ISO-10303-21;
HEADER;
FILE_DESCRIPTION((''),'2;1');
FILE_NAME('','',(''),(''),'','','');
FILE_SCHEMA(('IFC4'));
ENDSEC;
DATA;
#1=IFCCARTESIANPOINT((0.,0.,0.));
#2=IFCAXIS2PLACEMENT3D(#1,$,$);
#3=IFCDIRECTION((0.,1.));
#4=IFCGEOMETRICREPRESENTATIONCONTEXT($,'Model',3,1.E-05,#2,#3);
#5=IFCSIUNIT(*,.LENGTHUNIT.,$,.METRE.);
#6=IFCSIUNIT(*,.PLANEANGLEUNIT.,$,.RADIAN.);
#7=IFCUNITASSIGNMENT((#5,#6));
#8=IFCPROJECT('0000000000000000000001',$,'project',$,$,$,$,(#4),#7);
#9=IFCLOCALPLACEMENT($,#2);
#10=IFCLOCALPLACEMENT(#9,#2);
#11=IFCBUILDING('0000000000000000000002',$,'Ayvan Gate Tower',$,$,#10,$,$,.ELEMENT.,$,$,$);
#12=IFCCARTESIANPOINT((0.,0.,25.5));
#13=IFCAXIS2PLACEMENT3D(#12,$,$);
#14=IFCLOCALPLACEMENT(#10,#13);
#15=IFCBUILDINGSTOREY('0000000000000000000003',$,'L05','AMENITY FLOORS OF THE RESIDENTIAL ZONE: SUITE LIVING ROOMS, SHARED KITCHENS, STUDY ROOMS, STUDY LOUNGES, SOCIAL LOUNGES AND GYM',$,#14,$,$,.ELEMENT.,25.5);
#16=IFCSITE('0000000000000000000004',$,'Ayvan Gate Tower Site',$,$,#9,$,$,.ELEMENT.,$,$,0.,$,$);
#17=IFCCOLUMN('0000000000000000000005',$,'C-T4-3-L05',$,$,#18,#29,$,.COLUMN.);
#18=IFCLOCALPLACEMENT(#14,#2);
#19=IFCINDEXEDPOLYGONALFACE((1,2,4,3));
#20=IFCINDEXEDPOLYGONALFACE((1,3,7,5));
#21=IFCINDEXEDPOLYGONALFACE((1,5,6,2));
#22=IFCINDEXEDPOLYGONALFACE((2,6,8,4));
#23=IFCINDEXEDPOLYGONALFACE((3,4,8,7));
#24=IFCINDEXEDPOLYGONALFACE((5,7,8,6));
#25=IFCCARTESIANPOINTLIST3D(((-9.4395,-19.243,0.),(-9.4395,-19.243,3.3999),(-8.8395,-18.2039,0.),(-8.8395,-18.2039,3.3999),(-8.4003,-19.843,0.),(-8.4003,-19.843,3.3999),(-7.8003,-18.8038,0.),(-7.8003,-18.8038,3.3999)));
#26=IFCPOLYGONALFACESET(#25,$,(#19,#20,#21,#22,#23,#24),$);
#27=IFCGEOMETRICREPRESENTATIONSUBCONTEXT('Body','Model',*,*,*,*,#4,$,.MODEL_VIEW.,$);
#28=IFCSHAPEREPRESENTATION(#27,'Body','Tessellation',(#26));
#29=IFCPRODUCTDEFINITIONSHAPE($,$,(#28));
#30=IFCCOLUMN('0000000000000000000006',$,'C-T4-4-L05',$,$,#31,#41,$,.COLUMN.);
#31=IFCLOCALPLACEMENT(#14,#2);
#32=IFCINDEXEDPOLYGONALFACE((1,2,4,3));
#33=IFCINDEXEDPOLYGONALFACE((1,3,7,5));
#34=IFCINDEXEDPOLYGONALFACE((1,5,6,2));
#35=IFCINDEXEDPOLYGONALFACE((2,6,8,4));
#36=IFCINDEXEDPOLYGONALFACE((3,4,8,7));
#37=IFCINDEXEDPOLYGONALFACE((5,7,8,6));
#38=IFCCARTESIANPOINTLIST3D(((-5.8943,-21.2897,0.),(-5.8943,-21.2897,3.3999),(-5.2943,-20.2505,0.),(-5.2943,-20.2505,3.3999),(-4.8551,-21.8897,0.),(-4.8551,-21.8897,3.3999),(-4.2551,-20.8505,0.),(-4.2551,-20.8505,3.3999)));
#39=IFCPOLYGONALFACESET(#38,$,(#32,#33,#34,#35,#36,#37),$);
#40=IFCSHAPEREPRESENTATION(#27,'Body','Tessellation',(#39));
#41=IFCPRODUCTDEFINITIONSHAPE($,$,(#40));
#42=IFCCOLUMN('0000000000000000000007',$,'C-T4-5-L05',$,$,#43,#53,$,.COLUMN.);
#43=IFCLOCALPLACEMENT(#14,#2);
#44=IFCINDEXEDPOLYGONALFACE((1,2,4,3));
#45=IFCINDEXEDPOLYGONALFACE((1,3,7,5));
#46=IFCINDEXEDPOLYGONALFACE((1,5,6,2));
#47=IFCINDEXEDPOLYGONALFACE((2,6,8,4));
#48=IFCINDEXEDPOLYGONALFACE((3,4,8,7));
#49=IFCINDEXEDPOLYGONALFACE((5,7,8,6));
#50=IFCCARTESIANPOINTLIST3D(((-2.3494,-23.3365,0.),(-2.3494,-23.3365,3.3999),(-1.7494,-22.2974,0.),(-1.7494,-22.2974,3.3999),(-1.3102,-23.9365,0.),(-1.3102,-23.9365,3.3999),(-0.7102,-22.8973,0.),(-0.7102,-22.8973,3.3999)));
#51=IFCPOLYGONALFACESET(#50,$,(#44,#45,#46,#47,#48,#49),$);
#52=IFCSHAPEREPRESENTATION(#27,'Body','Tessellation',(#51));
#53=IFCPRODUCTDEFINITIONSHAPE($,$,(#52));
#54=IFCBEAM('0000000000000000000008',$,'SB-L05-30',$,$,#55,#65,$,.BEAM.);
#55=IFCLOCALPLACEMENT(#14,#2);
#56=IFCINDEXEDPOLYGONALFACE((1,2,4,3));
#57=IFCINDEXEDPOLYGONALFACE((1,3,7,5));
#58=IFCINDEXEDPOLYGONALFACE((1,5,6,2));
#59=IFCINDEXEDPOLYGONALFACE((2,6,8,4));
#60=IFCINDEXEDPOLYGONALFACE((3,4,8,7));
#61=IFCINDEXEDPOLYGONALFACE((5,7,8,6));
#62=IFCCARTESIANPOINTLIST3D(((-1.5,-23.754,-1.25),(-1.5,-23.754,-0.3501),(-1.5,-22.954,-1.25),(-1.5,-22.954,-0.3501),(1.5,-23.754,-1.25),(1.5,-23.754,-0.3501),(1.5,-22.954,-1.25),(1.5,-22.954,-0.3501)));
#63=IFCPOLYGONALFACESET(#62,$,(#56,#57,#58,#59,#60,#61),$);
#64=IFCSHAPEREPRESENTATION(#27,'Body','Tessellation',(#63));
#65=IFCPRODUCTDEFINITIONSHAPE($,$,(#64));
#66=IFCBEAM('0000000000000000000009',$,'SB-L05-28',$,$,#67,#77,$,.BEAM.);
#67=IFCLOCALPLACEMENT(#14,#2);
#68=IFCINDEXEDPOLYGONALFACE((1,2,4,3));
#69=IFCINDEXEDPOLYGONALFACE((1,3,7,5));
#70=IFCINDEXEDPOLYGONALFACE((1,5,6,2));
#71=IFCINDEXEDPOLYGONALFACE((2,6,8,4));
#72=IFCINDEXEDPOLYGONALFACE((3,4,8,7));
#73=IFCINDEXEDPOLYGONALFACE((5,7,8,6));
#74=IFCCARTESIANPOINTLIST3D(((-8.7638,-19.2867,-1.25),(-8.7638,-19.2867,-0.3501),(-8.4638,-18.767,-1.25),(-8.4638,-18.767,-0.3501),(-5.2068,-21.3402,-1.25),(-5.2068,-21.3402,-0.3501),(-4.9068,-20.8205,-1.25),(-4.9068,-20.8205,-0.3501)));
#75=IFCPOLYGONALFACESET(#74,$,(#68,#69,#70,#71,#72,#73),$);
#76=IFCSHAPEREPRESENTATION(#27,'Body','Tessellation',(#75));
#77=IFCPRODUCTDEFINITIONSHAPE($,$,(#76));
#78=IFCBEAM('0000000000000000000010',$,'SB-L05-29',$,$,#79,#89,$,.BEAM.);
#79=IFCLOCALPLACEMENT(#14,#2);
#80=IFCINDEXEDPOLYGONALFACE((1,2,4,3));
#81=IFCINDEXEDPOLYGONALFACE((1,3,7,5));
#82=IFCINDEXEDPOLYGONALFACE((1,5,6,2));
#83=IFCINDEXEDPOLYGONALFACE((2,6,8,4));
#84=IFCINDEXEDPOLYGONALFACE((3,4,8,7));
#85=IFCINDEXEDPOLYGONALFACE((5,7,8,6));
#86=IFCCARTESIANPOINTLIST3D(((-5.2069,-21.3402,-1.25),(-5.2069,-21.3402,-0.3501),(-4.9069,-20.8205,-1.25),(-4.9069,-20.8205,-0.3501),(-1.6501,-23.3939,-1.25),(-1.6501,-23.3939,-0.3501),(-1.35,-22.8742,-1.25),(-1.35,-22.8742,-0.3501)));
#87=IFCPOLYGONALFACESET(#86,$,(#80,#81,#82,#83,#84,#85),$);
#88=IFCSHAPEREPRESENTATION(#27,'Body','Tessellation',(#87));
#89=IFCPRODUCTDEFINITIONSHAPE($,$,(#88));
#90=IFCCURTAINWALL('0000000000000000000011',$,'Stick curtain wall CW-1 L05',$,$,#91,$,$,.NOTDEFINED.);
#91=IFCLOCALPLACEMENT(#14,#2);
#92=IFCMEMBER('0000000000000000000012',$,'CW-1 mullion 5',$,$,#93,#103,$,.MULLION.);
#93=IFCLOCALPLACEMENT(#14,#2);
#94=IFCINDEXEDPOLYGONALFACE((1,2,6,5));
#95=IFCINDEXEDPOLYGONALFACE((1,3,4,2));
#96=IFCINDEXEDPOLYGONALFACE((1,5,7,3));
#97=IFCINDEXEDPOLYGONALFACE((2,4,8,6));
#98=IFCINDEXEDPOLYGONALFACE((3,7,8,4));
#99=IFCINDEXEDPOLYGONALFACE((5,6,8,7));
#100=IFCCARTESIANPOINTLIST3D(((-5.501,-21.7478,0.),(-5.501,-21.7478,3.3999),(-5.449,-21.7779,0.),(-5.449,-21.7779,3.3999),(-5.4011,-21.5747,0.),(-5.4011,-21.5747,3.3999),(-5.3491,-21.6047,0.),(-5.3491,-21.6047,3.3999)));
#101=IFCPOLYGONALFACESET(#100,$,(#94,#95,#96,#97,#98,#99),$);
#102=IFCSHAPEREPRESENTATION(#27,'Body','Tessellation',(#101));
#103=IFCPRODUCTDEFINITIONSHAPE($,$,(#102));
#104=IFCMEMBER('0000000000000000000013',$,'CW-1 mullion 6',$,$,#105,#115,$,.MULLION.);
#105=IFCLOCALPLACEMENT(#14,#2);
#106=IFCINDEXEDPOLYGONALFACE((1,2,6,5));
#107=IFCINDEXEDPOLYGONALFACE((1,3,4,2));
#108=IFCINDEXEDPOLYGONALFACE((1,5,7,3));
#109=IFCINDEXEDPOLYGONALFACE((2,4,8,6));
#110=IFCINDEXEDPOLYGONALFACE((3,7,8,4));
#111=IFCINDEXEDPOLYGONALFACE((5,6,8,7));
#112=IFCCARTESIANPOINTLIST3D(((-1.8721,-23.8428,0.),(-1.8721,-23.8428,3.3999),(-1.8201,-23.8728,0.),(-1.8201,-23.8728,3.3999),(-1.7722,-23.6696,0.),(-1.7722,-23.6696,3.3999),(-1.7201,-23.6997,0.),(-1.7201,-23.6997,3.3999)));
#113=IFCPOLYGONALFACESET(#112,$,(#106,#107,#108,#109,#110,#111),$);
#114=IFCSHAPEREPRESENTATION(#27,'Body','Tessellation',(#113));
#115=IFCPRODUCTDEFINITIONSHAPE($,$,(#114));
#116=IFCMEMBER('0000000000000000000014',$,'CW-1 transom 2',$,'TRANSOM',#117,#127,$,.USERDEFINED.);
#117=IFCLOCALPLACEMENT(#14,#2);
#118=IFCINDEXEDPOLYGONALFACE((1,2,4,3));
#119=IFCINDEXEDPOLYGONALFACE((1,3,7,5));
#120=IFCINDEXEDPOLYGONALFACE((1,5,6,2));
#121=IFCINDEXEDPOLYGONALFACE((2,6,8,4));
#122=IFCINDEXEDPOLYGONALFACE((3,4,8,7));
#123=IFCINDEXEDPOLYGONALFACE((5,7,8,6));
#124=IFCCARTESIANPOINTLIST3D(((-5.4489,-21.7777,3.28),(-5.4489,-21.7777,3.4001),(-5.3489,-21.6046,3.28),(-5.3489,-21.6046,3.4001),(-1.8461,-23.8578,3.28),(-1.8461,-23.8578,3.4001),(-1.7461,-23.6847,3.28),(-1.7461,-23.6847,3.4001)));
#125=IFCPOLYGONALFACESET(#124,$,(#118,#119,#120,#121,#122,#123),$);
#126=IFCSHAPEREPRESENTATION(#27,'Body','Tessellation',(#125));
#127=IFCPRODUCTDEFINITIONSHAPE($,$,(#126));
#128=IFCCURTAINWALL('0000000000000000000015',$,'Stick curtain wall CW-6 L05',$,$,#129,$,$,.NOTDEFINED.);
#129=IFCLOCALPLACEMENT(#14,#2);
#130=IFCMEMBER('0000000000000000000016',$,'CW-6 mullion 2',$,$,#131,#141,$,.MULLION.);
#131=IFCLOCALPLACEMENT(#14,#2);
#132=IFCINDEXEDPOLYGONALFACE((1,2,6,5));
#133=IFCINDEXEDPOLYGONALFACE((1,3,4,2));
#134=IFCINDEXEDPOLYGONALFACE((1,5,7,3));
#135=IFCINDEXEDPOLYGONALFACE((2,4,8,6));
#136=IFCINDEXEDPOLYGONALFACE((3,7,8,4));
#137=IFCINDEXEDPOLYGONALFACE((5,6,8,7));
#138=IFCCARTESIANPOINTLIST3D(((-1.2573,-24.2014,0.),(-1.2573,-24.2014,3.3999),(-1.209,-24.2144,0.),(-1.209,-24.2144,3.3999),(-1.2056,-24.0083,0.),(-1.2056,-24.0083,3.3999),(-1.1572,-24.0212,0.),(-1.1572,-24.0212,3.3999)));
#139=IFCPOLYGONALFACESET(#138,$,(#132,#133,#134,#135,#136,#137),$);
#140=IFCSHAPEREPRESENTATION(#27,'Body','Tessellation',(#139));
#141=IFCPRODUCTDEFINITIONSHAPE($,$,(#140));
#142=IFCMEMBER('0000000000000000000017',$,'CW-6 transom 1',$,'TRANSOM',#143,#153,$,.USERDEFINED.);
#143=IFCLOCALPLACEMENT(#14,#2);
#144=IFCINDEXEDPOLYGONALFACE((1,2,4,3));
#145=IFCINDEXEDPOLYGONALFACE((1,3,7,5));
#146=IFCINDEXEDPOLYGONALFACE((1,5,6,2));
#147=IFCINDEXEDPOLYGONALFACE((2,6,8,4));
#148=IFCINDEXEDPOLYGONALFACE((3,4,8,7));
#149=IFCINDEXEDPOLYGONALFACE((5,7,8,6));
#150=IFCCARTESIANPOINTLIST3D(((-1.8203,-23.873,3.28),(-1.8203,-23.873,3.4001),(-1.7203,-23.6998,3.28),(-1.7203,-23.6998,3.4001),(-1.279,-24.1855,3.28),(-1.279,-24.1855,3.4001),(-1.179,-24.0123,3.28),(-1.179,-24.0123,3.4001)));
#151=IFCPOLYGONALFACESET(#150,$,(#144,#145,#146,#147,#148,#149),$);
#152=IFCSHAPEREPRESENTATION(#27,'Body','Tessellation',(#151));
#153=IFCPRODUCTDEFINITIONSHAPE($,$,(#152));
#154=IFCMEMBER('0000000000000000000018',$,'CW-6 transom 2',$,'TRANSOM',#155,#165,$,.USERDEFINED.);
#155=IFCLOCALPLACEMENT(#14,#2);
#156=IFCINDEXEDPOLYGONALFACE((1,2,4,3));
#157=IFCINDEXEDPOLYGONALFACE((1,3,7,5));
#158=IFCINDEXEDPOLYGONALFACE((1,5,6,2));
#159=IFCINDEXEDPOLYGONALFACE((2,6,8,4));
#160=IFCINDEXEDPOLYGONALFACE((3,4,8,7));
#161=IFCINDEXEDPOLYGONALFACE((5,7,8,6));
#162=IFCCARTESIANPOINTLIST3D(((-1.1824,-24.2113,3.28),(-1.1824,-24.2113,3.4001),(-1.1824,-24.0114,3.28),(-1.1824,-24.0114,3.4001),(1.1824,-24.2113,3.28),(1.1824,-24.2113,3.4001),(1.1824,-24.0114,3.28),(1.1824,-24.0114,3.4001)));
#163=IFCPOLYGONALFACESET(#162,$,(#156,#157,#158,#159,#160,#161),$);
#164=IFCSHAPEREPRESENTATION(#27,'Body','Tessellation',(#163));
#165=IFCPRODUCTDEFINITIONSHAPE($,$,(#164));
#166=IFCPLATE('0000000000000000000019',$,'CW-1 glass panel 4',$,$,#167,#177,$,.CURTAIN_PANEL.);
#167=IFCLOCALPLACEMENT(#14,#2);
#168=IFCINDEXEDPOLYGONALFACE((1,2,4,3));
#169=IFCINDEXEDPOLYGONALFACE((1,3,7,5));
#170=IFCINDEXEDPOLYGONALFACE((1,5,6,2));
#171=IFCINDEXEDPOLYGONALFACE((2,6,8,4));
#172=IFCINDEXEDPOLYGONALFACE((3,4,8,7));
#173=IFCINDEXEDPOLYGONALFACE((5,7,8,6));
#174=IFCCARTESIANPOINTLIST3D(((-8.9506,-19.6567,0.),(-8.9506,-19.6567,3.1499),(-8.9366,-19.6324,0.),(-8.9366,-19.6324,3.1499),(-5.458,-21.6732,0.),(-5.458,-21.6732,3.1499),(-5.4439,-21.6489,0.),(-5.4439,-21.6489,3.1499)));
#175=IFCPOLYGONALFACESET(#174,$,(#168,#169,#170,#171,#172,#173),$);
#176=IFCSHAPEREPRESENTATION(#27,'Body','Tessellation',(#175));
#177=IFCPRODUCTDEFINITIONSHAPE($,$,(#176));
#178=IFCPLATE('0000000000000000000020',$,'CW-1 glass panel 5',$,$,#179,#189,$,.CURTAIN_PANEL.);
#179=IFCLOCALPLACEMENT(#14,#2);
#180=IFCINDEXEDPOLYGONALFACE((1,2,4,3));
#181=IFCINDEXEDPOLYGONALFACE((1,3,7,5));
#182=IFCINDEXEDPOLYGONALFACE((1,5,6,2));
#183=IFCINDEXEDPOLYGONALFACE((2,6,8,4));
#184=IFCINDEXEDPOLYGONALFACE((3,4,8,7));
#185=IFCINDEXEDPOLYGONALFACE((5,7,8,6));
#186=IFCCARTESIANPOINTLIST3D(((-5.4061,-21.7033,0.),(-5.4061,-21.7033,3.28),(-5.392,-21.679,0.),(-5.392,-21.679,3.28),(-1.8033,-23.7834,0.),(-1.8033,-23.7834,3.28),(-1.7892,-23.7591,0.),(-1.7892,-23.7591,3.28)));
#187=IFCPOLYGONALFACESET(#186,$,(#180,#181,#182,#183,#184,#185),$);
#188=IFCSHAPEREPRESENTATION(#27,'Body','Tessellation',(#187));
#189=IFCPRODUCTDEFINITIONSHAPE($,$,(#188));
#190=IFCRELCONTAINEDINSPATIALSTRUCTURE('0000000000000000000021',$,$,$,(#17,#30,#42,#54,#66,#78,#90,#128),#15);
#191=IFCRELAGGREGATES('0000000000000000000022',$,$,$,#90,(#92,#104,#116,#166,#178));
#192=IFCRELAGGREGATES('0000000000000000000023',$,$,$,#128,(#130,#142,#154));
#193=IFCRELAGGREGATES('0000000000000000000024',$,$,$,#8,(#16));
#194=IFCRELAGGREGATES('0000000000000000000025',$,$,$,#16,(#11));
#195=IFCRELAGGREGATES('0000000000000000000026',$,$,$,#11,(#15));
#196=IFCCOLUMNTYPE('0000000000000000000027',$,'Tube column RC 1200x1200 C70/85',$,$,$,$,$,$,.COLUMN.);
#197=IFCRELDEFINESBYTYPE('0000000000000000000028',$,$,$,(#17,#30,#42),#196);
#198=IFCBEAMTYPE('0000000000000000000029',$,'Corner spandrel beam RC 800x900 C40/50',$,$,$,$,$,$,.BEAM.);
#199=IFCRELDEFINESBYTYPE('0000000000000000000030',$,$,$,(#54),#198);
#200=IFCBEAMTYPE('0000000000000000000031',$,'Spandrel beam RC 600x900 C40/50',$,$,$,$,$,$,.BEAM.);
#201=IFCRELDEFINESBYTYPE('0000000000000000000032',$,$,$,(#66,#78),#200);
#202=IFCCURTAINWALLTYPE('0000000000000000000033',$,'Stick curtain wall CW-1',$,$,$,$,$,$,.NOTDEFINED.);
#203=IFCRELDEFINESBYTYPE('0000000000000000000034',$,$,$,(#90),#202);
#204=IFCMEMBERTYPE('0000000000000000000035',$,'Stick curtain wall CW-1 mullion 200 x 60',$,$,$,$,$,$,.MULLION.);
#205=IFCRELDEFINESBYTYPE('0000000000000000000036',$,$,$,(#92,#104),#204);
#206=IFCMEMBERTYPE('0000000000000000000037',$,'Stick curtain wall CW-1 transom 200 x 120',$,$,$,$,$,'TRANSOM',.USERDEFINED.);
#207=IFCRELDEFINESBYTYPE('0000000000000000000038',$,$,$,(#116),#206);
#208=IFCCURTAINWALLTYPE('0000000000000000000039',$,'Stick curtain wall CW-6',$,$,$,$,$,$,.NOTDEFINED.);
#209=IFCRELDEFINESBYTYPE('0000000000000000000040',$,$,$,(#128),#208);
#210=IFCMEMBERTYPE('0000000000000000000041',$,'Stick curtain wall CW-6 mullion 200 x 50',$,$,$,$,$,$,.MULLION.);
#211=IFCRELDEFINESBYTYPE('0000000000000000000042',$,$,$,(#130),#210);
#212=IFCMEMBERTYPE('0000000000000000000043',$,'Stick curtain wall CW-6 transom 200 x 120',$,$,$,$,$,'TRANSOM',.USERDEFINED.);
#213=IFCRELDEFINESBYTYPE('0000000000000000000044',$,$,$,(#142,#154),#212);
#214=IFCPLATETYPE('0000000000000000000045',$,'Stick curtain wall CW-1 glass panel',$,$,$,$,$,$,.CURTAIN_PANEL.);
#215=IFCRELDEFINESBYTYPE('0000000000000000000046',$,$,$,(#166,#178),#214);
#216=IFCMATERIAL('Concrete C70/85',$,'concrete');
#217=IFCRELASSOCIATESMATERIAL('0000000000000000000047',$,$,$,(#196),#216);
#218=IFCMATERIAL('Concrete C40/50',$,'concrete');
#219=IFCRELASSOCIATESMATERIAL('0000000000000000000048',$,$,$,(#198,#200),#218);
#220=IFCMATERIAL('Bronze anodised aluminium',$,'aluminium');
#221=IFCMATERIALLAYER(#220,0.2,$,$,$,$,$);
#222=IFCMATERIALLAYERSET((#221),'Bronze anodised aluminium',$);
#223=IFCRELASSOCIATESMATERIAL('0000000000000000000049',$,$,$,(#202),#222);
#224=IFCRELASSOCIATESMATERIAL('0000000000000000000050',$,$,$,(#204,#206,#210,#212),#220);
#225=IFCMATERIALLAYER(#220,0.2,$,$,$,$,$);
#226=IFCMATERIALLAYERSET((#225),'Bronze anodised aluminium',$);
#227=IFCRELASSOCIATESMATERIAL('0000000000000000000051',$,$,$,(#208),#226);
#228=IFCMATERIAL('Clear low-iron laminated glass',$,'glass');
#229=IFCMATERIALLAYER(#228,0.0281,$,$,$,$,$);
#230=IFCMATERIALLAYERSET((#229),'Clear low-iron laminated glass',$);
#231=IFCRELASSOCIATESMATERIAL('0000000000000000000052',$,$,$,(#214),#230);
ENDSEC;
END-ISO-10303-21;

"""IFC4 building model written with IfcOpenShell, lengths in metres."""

from ifc_helpers import new_model, si_unit, direction, frame, origin, origin_2d, place, context, subcontext, project, spatial, rectangle, extrude, material, layer, layer_set, material_profile, profile_set, type_object, element, aggregate, save


model = new_model("IFC4")

# Units and contexts
model_context = context("Model", 3, precision=1e-05, world=origin(), true_north=direction((0.0, 1.0)))
body_context = subcontext(model_context, "Body", "Model", "MODEL_VIEW")
ifc_project = project(units=[si_unit("LENGTHUNIT", "METRE"), si_unit("PLANEANGLEUNIT", "RADIAN")], contexts=[model_context])

# Site, building, storey
site_placement = place(None, origin())
site = spatial("IfcSite", under=ifc_project, at=site_placement, Name="Ayvan Gate Tower Site", CompositionType="ELEMENT", RefElevation=0.0)
building_placement = place(site_placement, origin())
building = spatial("IfcBuilding", under=site, at=building_placement, Name="Ayvan Gate Tower", CompositionType="ELEMENT")
storey_placement = place(building_placement, frame((0.0, 0.0, 25.5)))
storey = spatial("IfcBuildingStorey", under=building, at=storey_placement, Name="L05", Description="AMENITY FLOORS OF THE RESIDENTIAL ZONE: SUITE LIVING ROOMS, SHARED KITCHENS, STUDY ROOMS, STUDY LOUNGES, SOCIAL LOUNGES AND GYM", CompositionType="ELEMENT", Elevation=25.5)

# Columns
ifc_material_1 = material(Name="Concrete C70/85", Category="concrete")
ifc_material_profile_1 = material_profile(ifc_material_1, rectangle(XDim=1.2, YDim=1.2, at=origin_2d()), Name="RC 1200x1200")
ifc_profile_set_1 = profile_set([ifc_material_profile_1], Name="Concrete C70/85")
column_type = type_object("IfcColumnType", Name="Tube column RC 1200x1200 C70/85", PredefinedType="COLUMN", material=ifc_profile_set_1)
for number, where, z_axis, x_axis, name in (
    (1, (-8.6199, -19.0234, 0.0), (0.0, 0.0, 1.0), (-0.5, -0.866025, 0.0), "C-T4-3-L05"),
    (2, (-5.0747, -21.0701, 0.0), (0.0, 0.0, 1.0), (-0.5, -0.866025, 0.0), "C-T4-4-L05"),
    (3, (-1.5298, -23.1169, 0.0), (0.0, 0.0, 1.0), (-0.5, -0.866025, 0.0), "C-T4-5-L05"),
):
    element("IfcColumn", number, at=place(storey_placement, frame(where, z_axis=z_axis, x_axis=x_axis)), inside=storey, type_object=column_type, Name=name, PredefinedType="COLUMN", context=body_context, shape_type="SweptSolid", body=[
        extrude(rectangle(XDim=1.2, YDim=1.2, at=origin_2d()), origin(), (0.0, 0.0, 1.0), 3.3999),
    ])

# Beams
ifc_material_2 = material(Name="Concrete C40/50", Category="concrete")
ifc_material_profile_2 = material_profile(ifc_material_2, rectangle(XDim=0.8, YDim=0.8999, at=origin_2d()), Name="RC 800x900")
ifc_profile_set_2 = profile_set([ifc_material_profile_2], Name="Concrete C40/50")
beam_type_1 = type_object("IfcBeamType", Name="Corner spandrel beam RC 800x900 C40/50", PredefinedType="BEAM", material=ifc_profile_set_2)
beam_placement = place(storey_placement, frame((-1.5, -23.354, -0.8), z_axis=(1.0, 0.0, 0.0), x_axis=(0.0, 1.0, 0.0)))
element("IfcBeam", 4, at=beam_placement, inside=storey, type_object=beam_type_1, Name="SB-L05-30", PredefinedType="BEAM", context=body_context, shape_type="SweptSolid", body=[
    extrude(rectangle(XDim=0.8, YDim=0.8999, at=origin_2d()), origin(), (0.0, 0.0, 1.0), 3.0),
])
ifc_material_profile_3 = material_profile(ifc_material_2, rectangle(XDim=0.6001, YDim=0.8999, at=origin_2d()), Name="RC 600x900")
ifc_profile_set_3 = profile_set([ifc_material_profile_3], Name="Concrete C40/50")
beam_type_2 = type_object("IfcBeamType", Name="Spandrel beam RC 600x900 C40/50", PredefinedType="BEAM", material=ifc_profile_set_3)
for number, where, z_axis, x_axis, name in (
    (5, (-8.6138, -19.0269, -0.8), (0.866036, -0.499981, 0.0), (0.499981, 0.866036, 0.0), "SB-L05-28"),
    (6, (-5.0569, -21.0803, -0.8), (0.86601, -0.500026, 0.0), (0.500026, 0.86601, 0.0), "SB-L05-29"),
):
    element("IfcBeam", number, at=place(storey_placement, frame(where, z_axis=z_axis, x_axis=x_axis)), inside=storey, type_object=beam_type_2, Name=name, PredefinedType="BEAM", context=body_context, shape_type="SweptSolid", body=[
        extrude(rectangle(XDim=0.6001, YDim=0.8999, at=origin_2d()), origin(), (0.0, 0.0, 1.0), 4.1072),
    ])

# Curtain walls, members
ifc_material_3 = material(Name="Bronze anodised aluminium", Category="aluminium")
ifc_layer_1 = layer(ifc_material_3, 0.2)
ifc_layer_set_1 = layer_set([ifc_layer_1], Name="Bronze anodised aluminium")
curtain_wall_type_1 = type_object("IfcCurtainWallType", Name="Stick curtain wall CW-1", PredefinedType="NOTDEFINED", material=ifc_layer_set_1)
curtain_wall_1_placement = place(storey_placement, origin())
curtain_wall_1 = element("IfcCurtainWall", 7, at=curtain_wall_1_placement, inside=storey, type_object=curtain_wall_type_1, Name="Stick curtain wall CW-1 L05", PredefinedType="NOTDEFINED")
ifc_material_profile_4 = material_profile(ifc_material_3, rectangle(XDim=0.2, YDim=0.0601, at=origin_2d()), Name="Stick curtain wall CW-1 mullion 200 x 60")
ifc_profile_set_4 = profile_set([ifc_material_profile_4], Name="Bronze anodised aluminium")
member_type_1 = type_object("IfcMemberType", Name="Stick curtain wall CW-1 mullion 200 x 60", PredefinedType="MULLION", material=ifc_profile_set_4)
member_1_placement = place(storey_placement, frame((-5.425, -21.6763, 0.0), z_axis=(0.0, 0.0, 1.0), x_axis=(-0.5, -0.866025, 0.0)))
member_1 = element("IfcMember", 8, at=member_1_placement, type_object=member_type_1, Name="CW-1 mullion 5", PredefinedType="MULLION", context=body_context, shape_type="SweptSolid", body=[
    extrude(rectangle(XDim=0.2, YDim=0.0601, at=origin_2d()), origin(), (0.0, 0.0, 1.0), 3.3999),
])
member_2_placement = place(storey_placement, frame((-1.7961, -23.7712, 0.0), z_axis=(0.0, 0.0, 1.0), x_axis=(-0.5, -0.866025, 0.0)))
member_2 = element("IfcMember", 9, at=member_2_placement, type_object=member_type_1, Name="CW-1 mullion 6", PredefinedType="MULLION", context=body_context, shape_type="SweptSolid", body=[
    extrude(rectangle(XDim=0.2, YDim=0.0601, at=origin_2d()), origin(), (0.0, 0.0, 1.0), 3.3999),
])
ifc_material_profile_5 = material_profile(ifc_material_3, rectangle(XDim=0.2, YDim=0.1201, at=origin_2d()), Name="Stick curtain wall CW-1 transom 200 x 120")
ifc_profile_set_5 = profile_set([ifc_material_profile_5], Name="Bronze anodised aluminium")
member_type_2 = type_object("IfcMemberType", Name="Stick curtain wall CW-1 transom 200 x 120", ElementType="TRANSOM", PredefinedType="USERDEFINED", material=ifc_profile_set_5)
member_3_placement = place(storey_placement, frame((-5.3989, -21.6912, 3.3401), z_axis=(0.866024, -0.500002, 0.0), x_axis=(0.500002, 0.866024, 0.0)))
member_3 = element("IfcMember", 10, at=member_3_placement, type_object=member_type_2, Name="CW-1 transom 2", ObjectType="TRANSOM", PredefinedType="USERDEFINED", context=body_context, shape_type="SweptSolid", body=[
    extrude(rectangle(XDim=0.2, YDim=0.1201, at=origin_2d()), origin(), (0.0, 0.0, 1.0), 4.1602),
])
ifc_layer_2 = layer(ifc_material_3, 0.2)
ifc_layer_set_2 = layer_set([ifc_layer_2], Name="Bronze anodised aluminium")
curtain_wall_type_2 = type_object("IfcCurtainWallType", Name="Stick curtain wall CW-6", PredefinedType="NOTDEFINED", material=ifc_layer_set_2)
curtain_wall_2_placement = place(storey_placement, origin())
curtain_wall_2 = element("IfcCurtainWall", 11, at=curtain_wall_2_placement, inside=storey, type_object=curtain_wall_type_2, Name="Stick curtain wall CW-6 L05", PredefinedType="NOTDEFINED")
ifc_material_profile_6 = material_profile(ifc_material_3, rectangle(XDim=0.2, YDim=0.05, at=origin_2d()), Name="Stick curtain wall CW-6 mullion 200 x 50")
ifc_profile_set_6 = profile_set([ifc_material_profile_6], Name="Bronze anodised aluminium")
member_type_3 = type_object("IfcMemberType", Name="Stick curtain wall CW-6 mullion 200 x 50", PredefinedType="MULLION", material=ifc_profile_set_6)
member_4_placement = place(storey_placement, frame((-1.2073, -24.1113, 0.0), z_axis=(0.0, 0.0, 1.0), x_axis=(-0.258819, -0.965926, 0.0)))
member_4 = element("IfcMember", 12, at=member_4_placement, type_object=member_type_3, Name="CW-6 mullion 2", PredefinedType="MULLION", context=body_context, shape_type="SweptSolid", body=[
    extrude(rectangle(XDim=0.2, YDim=0.05, at=origin_2d()), origin(), (0.0, 0.0, 1.0), 3.3999),
])
ifc_material_profile_7 = material_profile(ifc_material_3, rectangle(XDim=0.2, YDim=0.1201, at=origin_2d()), Name="Stick curtain wall CW-6 transom 200 x 120")
ifc_profile_set_7 = profile_set([ifc_material_profile_7], Name="Bronze anodised aluminium")
member_type_4 = type_object("IfcMemberType", Name="Stick curtain wall CW-6 transom 200 x 120", ElementType="TRANSOM", PredefinedType="USERDEFINED", material=ifc_profile_set_7)
member_5_placement = place(storey_placement, frame((-1.7703, -23.7864, 3.3401), z_axis=(0.866023, -0.500004, 0.0), x_axis=(0.500004, 0.866023, 0.0)))
member_5 = element("IfcMember", 13, at=member_5_placement, type_object=member_type_4, Name="CW-6 transom 1", ObjectType="TRANSOM", PredefinedType="USERDEFINED", context=body_context, shape_type="SweptSolid", body=[
    extrude(rectangle(XDim=0.2, YDim=0.1201, at=origin_2d()), origin(), (0.0, 0.0, 1.0), 0.625),
])
member_6_placement = place(storey_placement, frame((-1.1824, -24.1113, 3.3401), z_axis=(1.0, 0.0, 0.0), x_axis=(0.0, 1.0, 0.0)))
member_6 = element("IfcMember", 14, at=member_6_placement, type_object=member_type_4, Name="CW-6 transom 2", ObjectType="TRANSOM", PredefinedType="USERDEFINED", context=body_context, shape_type="SweptSolid", body=[
    extrude(rectangle(XDim=0.2, YDim=0.1201, at=origin_2d()), origin(), (0.0, 0.0, 1.0), 2.3647),
])

# Plates
ifc_material_4 = material(Name="Clear low-iron laminated glass", Category="glass")
ifc_layer_3 = layer(ifc_material_4, 0.0281)
ifc_layer_set_3 = layer_set([ifc_layer_3], Name="Clear low-iron laminated glass")
plate_type_1 = type_object("IfcPlateType", Name="Stick curtain wall CW-1 glass panel", PredefinedType="CURTAIN_PANEL", material=ifc_layer_set_3)
plate_1_placement = place(storey_placement, frame((-7.1973, -20.6528, 0.0), z_axis=(0.0, 0.0, 1.0), x_axis=(0.866025, -0.5, 0.0)))
plate_1 = element("IfcPlate", 15, at=plate_1_placement, type_object=plate_type_1, Name="CW-1 glass panel 4", PredefinedType="CURTAIN_PANEL", context=body_context, shape_type="SweptSolid", body=[
    extrude(rectangle(XDim=4.033, YDim=0.0281, at=origin_2d()), origin(), (0.0, 0.0, 1.0), 3.1499),
])
plate_2_placement = place(storey_placement, frame((-3.5977, -22.7312, 0.0), z_axis=(0.0, 0.0, 1.0), x_axis=(0.866025, -0.5, 0.0)))
plate_2 = element("IfcPlate", 16, at=plate_2_placement, type_object=plate_type_1, Name="CW-1 glass panel 5", PredefinedType="CURTAIN_PANEL", context=body_context, shape_type="SweptSolid", body=[
    extrude(rectangle(XDim=4.1602, YDim=0.0281, at=origin_2d()), origin(), (0.0, 0.0, 1.0), 3.28),
])
aggregate(curtain_wall_1, [member_1, member_2, member_3, plate_1, plate_2])
aggregate(curtain_wall_2, [member_4, member_5, member_6])

save(model, "model.ifc")
